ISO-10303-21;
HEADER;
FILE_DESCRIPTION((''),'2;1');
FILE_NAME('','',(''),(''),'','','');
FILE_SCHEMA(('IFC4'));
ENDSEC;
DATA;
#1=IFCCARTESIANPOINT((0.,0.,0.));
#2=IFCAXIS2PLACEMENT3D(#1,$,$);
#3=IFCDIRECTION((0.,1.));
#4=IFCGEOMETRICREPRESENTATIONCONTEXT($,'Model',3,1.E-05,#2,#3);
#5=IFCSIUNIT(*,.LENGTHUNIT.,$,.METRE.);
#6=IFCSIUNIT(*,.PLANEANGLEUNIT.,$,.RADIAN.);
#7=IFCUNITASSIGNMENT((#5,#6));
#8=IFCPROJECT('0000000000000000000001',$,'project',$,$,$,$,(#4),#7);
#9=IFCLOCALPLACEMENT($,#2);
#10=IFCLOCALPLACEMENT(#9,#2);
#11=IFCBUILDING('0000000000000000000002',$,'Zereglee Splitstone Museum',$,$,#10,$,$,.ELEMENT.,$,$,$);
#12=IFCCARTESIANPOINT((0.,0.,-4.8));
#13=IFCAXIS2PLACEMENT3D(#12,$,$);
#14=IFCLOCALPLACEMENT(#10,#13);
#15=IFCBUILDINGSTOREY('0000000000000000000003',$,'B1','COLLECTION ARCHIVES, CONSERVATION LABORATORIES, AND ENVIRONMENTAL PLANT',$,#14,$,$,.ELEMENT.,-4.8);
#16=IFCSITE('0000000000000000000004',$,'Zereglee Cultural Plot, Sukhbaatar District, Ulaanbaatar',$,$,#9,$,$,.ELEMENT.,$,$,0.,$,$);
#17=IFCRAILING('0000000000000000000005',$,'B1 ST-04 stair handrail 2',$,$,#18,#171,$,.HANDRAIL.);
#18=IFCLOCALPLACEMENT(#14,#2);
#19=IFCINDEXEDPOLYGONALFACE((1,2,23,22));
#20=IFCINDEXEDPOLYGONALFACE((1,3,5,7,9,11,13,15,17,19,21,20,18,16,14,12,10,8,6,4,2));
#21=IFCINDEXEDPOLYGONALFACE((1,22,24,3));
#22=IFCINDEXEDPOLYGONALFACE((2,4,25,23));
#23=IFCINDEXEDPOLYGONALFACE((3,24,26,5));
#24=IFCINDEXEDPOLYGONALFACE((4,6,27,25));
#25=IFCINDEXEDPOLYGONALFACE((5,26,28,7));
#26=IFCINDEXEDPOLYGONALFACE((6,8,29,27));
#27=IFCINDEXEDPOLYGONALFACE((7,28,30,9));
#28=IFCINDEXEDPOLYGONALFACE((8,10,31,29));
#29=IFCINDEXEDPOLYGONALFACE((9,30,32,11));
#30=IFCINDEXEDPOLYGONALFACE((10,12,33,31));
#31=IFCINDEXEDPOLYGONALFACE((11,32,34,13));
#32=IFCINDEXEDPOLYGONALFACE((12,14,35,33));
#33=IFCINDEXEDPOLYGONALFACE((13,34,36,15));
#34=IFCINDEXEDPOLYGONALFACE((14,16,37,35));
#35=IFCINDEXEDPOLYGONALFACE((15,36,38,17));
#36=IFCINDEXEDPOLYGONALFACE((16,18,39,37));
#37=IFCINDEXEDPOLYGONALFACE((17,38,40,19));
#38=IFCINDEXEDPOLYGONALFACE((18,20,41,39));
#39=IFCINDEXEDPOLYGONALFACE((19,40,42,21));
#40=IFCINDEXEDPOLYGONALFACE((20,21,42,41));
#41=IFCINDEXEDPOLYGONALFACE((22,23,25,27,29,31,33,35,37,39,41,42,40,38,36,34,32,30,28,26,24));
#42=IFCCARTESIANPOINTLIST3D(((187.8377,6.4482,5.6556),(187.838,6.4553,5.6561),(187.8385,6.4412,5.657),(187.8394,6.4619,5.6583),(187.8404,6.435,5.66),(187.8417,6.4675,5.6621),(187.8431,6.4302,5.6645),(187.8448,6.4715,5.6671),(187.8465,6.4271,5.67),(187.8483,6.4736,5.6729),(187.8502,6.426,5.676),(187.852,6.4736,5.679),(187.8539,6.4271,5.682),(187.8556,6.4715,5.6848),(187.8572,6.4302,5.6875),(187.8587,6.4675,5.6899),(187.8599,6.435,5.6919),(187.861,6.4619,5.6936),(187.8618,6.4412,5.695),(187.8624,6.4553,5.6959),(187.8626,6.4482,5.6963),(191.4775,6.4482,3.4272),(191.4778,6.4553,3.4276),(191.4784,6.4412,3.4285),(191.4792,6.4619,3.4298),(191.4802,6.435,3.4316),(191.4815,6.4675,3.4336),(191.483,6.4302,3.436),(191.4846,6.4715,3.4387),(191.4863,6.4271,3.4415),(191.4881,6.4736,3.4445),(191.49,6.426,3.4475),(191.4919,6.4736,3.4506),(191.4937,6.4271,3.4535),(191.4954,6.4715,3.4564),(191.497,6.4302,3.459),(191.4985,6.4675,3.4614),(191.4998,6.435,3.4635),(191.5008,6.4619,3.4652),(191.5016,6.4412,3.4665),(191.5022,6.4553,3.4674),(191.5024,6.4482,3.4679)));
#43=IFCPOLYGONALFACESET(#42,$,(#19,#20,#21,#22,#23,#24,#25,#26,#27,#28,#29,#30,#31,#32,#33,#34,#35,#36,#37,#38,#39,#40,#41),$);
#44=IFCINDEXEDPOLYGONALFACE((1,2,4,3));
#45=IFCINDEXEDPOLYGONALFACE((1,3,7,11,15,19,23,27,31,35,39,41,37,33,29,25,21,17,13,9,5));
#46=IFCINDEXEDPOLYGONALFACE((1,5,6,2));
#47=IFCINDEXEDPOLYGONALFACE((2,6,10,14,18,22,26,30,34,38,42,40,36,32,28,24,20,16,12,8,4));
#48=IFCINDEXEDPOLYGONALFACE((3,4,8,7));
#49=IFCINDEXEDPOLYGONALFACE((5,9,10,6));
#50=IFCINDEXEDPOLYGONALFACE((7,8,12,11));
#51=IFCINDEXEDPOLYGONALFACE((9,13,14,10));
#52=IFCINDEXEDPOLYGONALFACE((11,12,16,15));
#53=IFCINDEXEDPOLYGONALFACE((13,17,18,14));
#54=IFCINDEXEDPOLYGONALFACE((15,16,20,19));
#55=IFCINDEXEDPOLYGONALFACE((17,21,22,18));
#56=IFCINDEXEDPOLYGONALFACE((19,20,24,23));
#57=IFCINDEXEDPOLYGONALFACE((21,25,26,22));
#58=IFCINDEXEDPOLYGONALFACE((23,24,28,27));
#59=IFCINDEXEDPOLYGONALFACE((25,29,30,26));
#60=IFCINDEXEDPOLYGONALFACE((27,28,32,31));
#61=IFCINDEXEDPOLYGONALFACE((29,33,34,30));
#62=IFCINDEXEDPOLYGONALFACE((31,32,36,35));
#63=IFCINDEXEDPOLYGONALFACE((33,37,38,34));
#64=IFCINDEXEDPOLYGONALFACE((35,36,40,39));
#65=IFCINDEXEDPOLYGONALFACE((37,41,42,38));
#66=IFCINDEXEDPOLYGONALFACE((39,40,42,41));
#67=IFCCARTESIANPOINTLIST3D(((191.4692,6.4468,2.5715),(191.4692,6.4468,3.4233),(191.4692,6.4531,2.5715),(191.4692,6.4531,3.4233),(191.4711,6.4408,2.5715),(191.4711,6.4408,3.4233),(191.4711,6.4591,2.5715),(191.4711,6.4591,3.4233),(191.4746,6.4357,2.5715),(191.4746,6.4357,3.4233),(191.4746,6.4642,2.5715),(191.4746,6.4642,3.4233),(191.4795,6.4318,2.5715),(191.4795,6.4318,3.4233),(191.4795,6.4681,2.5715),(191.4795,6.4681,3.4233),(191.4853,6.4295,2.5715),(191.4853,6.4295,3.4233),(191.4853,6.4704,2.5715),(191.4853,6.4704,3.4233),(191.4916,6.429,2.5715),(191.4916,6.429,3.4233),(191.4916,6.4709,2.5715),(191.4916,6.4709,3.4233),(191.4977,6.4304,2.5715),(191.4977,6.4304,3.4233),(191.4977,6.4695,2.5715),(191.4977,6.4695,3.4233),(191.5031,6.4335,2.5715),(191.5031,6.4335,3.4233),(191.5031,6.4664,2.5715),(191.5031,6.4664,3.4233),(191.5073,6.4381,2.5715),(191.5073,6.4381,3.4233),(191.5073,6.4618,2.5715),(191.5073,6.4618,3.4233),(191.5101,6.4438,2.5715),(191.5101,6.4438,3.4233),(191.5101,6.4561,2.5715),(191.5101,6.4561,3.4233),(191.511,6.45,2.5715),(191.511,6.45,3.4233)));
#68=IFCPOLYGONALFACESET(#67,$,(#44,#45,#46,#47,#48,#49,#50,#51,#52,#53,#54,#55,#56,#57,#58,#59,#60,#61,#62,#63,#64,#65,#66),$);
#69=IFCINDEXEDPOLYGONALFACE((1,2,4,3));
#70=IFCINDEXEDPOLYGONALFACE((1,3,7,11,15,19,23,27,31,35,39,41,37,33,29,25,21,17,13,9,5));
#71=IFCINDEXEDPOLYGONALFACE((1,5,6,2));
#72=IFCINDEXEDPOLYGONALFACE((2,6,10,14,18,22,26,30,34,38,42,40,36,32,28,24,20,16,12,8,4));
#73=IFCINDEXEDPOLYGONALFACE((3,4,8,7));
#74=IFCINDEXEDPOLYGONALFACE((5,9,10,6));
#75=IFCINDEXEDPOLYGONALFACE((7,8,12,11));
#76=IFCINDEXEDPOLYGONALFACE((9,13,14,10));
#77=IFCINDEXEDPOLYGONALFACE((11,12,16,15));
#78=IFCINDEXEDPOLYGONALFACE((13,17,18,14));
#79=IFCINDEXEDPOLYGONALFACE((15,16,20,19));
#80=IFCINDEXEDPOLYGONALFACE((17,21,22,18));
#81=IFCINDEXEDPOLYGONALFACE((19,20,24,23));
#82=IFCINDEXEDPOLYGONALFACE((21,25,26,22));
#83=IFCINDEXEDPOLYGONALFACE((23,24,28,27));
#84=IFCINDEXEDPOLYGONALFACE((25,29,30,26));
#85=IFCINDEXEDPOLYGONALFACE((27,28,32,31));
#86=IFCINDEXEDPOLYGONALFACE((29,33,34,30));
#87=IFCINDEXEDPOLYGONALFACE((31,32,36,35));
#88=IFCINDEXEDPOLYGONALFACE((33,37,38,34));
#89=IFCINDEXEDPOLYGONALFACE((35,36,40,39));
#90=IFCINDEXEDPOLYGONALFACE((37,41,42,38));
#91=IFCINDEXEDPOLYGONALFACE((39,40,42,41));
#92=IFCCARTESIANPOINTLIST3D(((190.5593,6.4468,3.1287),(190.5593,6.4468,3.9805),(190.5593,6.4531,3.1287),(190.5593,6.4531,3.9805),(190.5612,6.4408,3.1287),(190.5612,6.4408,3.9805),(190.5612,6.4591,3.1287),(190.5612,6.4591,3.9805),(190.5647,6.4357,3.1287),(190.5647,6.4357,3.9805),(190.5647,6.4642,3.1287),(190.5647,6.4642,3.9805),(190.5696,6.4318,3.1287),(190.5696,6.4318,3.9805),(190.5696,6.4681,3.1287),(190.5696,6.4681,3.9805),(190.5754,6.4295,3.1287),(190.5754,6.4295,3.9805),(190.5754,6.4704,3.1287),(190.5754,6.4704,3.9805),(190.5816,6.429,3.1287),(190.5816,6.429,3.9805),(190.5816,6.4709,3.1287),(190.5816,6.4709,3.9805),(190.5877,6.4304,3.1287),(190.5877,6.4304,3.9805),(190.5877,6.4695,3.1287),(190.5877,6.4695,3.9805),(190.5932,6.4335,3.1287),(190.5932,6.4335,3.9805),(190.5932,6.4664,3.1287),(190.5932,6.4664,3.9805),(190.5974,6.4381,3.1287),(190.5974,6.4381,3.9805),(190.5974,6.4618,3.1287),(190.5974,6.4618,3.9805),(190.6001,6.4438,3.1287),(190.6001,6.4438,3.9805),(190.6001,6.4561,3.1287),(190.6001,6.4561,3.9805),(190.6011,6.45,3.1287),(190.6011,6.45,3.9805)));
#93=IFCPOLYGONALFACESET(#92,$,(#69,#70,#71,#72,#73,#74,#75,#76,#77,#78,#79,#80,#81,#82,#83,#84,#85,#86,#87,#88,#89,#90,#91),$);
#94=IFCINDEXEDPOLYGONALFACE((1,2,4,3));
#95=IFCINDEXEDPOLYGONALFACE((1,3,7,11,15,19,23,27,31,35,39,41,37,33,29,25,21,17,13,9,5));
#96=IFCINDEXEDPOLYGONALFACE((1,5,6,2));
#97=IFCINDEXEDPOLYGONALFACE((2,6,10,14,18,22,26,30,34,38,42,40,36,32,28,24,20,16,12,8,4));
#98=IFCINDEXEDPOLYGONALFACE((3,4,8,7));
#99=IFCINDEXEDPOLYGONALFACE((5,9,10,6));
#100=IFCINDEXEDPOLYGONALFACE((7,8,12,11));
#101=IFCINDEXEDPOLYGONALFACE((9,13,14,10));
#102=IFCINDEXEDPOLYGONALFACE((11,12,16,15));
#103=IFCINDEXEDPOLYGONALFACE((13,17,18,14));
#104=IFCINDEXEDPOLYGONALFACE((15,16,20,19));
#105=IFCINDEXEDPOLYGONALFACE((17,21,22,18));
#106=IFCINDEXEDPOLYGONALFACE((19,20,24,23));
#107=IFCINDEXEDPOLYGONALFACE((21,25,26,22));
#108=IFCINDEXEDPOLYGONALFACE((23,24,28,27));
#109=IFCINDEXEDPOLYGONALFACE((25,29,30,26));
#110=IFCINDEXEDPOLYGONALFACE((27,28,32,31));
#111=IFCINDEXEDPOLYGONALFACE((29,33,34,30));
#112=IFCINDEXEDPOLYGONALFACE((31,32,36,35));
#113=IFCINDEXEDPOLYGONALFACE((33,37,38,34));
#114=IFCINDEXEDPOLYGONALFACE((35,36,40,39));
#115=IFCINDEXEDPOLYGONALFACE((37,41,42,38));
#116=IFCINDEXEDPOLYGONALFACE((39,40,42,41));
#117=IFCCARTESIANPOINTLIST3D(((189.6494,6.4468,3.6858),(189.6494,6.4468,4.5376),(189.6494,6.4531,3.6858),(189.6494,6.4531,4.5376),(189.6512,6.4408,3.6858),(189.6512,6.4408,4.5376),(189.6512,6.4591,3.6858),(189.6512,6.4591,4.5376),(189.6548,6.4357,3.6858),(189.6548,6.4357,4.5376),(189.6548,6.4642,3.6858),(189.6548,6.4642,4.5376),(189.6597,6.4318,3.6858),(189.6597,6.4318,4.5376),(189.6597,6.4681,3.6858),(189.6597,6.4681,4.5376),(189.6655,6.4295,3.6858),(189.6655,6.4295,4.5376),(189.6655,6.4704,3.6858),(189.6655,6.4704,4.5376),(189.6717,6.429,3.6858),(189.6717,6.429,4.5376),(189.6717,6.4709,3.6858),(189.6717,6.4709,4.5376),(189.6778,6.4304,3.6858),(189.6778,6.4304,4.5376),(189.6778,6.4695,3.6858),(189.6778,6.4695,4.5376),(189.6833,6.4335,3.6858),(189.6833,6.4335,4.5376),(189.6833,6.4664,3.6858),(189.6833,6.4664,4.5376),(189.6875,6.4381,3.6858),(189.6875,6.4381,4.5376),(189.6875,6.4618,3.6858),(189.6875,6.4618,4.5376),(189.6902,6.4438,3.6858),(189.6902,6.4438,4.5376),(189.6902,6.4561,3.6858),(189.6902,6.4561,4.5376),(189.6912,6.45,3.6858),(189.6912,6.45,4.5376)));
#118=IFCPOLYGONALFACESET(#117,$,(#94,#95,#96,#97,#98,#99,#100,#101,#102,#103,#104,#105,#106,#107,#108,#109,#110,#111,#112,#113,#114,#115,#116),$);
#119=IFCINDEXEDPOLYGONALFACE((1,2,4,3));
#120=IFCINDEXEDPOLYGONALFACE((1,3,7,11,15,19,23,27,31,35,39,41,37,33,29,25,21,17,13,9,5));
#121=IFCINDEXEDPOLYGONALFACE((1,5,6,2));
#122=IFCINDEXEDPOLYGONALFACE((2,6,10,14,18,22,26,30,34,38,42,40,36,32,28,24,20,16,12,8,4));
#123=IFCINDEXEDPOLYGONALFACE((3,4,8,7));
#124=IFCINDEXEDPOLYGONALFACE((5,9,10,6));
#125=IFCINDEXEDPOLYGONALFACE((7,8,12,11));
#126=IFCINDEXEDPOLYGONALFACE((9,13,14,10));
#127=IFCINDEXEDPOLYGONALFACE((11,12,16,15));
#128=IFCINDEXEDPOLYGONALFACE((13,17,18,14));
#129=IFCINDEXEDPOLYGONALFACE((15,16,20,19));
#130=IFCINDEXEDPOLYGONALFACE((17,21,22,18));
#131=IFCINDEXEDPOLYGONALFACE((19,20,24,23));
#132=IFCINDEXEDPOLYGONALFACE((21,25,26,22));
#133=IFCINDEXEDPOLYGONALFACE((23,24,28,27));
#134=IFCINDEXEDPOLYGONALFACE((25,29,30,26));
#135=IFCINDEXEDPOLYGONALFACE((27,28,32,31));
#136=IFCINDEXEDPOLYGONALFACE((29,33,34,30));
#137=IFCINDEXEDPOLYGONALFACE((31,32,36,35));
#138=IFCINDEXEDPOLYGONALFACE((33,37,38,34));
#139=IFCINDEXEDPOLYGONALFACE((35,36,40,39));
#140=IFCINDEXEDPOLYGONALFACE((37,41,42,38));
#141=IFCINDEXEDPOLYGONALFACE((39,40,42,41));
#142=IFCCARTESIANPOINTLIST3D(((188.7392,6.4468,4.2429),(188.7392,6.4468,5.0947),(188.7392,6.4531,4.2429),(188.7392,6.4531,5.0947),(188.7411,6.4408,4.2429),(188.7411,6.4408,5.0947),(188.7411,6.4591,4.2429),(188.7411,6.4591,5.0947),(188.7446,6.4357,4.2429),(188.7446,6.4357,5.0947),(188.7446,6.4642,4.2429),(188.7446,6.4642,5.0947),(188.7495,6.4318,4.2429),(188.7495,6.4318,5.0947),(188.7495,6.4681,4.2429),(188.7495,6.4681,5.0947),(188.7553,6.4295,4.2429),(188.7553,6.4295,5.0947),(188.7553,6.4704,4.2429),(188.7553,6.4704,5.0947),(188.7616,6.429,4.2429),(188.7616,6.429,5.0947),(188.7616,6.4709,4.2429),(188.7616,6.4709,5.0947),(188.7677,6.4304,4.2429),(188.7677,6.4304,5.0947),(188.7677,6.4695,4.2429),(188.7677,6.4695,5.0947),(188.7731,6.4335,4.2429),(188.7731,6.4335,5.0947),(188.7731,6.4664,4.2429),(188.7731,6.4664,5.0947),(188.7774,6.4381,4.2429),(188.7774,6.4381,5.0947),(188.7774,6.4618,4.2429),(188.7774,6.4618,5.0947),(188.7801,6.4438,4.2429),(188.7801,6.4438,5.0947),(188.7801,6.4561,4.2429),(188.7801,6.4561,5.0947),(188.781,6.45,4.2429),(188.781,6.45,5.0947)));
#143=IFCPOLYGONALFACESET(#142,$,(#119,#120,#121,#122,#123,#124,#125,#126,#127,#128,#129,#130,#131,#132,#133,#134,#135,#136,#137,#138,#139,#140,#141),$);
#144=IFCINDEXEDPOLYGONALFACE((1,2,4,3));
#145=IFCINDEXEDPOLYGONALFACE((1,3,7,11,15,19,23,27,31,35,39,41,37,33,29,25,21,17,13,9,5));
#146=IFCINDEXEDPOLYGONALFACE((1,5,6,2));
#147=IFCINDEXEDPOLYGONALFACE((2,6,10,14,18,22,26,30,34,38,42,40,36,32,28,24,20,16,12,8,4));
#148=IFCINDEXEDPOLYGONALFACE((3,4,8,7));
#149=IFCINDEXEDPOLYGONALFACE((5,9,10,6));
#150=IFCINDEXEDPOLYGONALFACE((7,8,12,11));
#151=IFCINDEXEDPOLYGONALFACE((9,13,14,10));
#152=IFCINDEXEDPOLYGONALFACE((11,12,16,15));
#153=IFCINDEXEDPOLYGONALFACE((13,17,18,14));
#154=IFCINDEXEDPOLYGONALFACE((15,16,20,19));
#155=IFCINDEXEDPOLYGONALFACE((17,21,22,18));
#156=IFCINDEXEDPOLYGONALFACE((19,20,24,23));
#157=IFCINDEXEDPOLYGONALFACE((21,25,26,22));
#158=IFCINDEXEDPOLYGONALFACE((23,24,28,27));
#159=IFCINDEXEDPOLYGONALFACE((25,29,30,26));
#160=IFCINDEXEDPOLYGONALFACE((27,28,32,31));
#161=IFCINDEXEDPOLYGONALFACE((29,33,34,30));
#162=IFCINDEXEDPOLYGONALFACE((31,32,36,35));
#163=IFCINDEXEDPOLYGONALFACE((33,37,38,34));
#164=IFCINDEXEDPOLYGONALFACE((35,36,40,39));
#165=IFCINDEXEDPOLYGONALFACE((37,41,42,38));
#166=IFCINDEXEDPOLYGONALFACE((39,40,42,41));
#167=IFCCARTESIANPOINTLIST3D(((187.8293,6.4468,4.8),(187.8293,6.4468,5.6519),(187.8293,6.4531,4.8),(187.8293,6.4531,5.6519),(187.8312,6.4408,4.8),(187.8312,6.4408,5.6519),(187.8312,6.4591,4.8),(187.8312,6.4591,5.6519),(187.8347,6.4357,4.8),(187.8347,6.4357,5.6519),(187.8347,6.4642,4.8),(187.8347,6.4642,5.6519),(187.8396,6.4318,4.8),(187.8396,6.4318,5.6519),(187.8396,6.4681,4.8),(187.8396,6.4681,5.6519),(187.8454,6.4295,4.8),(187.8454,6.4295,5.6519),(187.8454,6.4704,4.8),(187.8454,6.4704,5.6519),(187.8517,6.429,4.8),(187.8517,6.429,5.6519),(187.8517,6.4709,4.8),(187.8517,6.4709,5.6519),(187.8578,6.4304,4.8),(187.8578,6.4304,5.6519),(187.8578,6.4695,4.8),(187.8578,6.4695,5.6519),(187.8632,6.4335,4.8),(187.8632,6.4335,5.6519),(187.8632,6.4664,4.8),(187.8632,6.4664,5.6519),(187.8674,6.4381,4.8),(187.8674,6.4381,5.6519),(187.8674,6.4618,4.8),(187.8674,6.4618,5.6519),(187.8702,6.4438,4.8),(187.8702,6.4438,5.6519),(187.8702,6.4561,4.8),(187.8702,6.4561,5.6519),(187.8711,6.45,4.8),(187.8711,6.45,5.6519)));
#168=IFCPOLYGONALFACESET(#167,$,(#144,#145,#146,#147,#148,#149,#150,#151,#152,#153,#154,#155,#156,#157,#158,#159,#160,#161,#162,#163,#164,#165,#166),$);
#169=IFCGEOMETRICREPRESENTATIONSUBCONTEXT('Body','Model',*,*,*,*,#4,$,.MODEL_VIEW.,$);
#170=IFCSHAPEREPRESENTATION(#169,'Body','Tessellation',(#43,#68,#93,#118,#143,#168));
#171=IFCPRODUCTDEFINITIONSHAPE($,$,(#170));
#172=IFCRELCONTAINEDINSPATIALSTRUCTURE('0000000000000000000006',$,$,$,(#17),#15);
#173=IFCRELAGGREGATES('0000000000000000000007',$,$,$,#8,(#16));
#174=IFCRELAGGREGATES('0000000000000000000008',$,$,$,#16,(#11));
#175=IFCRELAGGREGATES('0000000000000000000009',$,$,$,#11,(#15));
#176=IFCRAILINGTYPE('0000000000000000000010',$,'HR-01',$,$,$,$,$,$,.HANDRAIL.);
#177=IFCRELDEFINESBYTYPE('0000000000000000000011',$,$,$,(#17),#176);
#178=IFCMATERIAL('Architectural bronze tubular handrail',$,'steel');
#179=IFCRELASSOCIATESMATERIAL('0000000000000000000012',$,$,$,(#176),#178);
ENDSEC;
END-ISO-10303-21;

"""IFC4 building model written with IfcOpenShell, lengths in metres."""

from ifc_helpers import new_model, si_unit, direction, frame, origin, origin_2d, place, context, subcontext, project, spatial, circle, extrude, material, type_object, element, save


model = new_model("IFC4")

# Units and contexts
model_context = context("Model", 3, precision=1e-05, world=origin(), true_north=direction((0.0, 1.0)))
body_context = subcontext(model_context, "Body", "Model", "MODEL_VIEW")
ifc_project = project(units=[si_unit("LENGTHUNIT", "METRE"), si_unit("PLANEANGLEUNIT", "RADIAN")], contexts=[model_context])

# Site, building, storey
site_placement = place(None, origin())
site = spatial("IfcSite", under=ifc_project, at=site_placement, Name="Zereglee Cultural Plot, Sukhbaatar District, Ulaanbaatar", CompositionType="ELEMENT", RefElevation=0.0)
building_placement = place(site_placement, origin())
building = spatial("IfcBuilding", under=site, at=building_placement, Name="Zereglee Splitstone Museum", CompositionType="ELEMENT")
storey_placement = place(building_placement, frame((0.0, 0.0, -4.8)))
storey = spatial("IfcBuildingStorey", under=building, at=storey_placement, Name="B1", Description="COLLECTION ARCHIVES, CONSERVATION LABORATORIES, AND ENVIRONMENTAL PLANT", CompositionType="ELEMENT", Elevation=-4.8)

# Railing
ifc_material_1 = material(Name="Architectural bronze tubular handrail", Category="steel")
railing_type_1 = type_object("IfcRailingType", Name="HR-01", PredefinedType="HANDRAIL", material=ifc_material_1)
railing_1_placement = place(storey_placement, frame((191.49, 6.45, 2.5715)))
element("IfcRailing", 1, at=railing_1_placement, inside=storey, type_object=railing_type_1, Name="B1 ST-04 stair handrail 2", PredefinedType="HANDRAIL", context=body_context, shape_type="SweptSolid", body=[
    extrude(circle(Radius=0.0239, at=origin_2d()), frame((0.0, 0.0, 0.876), z_axis=(-0.85285, 0.0, 0.522156), x_axis=(0.0, -1.0, 0.0)), (0.0, 0.0, 1.0), 4.2678),
    extrude(circle(Radius=0.021, at=origin_2d()), origin(), (0.0, 0.0, 1.0), 0.8518),
    extrude(circle(Radius=0.021, at=origin_2d()), frame((-0.9099, 0.0, 0.5571)), (0.0, 0.0, 1.0), 0.8518),
    extrude(circle(Radius=0.021, at=origin_2d()), frame((-1.8198, 0.0, 1.1143)), (0.0, 0.0, 1.0), 0.8518),
    extrude(circle(Radius=0.021, at=origin_2d()), frame((-2.73, 0.0, 1.6714)), (0.0, 0.0, 1.0), 0.8518),
    extrude(circle(Radius=0.021, at=origin_2d()), frame((-3.6399, 0.0, 2.2285)), (0.0, 0.0, 1.0), 0.8518),
])

save(model, "model.ifc")
